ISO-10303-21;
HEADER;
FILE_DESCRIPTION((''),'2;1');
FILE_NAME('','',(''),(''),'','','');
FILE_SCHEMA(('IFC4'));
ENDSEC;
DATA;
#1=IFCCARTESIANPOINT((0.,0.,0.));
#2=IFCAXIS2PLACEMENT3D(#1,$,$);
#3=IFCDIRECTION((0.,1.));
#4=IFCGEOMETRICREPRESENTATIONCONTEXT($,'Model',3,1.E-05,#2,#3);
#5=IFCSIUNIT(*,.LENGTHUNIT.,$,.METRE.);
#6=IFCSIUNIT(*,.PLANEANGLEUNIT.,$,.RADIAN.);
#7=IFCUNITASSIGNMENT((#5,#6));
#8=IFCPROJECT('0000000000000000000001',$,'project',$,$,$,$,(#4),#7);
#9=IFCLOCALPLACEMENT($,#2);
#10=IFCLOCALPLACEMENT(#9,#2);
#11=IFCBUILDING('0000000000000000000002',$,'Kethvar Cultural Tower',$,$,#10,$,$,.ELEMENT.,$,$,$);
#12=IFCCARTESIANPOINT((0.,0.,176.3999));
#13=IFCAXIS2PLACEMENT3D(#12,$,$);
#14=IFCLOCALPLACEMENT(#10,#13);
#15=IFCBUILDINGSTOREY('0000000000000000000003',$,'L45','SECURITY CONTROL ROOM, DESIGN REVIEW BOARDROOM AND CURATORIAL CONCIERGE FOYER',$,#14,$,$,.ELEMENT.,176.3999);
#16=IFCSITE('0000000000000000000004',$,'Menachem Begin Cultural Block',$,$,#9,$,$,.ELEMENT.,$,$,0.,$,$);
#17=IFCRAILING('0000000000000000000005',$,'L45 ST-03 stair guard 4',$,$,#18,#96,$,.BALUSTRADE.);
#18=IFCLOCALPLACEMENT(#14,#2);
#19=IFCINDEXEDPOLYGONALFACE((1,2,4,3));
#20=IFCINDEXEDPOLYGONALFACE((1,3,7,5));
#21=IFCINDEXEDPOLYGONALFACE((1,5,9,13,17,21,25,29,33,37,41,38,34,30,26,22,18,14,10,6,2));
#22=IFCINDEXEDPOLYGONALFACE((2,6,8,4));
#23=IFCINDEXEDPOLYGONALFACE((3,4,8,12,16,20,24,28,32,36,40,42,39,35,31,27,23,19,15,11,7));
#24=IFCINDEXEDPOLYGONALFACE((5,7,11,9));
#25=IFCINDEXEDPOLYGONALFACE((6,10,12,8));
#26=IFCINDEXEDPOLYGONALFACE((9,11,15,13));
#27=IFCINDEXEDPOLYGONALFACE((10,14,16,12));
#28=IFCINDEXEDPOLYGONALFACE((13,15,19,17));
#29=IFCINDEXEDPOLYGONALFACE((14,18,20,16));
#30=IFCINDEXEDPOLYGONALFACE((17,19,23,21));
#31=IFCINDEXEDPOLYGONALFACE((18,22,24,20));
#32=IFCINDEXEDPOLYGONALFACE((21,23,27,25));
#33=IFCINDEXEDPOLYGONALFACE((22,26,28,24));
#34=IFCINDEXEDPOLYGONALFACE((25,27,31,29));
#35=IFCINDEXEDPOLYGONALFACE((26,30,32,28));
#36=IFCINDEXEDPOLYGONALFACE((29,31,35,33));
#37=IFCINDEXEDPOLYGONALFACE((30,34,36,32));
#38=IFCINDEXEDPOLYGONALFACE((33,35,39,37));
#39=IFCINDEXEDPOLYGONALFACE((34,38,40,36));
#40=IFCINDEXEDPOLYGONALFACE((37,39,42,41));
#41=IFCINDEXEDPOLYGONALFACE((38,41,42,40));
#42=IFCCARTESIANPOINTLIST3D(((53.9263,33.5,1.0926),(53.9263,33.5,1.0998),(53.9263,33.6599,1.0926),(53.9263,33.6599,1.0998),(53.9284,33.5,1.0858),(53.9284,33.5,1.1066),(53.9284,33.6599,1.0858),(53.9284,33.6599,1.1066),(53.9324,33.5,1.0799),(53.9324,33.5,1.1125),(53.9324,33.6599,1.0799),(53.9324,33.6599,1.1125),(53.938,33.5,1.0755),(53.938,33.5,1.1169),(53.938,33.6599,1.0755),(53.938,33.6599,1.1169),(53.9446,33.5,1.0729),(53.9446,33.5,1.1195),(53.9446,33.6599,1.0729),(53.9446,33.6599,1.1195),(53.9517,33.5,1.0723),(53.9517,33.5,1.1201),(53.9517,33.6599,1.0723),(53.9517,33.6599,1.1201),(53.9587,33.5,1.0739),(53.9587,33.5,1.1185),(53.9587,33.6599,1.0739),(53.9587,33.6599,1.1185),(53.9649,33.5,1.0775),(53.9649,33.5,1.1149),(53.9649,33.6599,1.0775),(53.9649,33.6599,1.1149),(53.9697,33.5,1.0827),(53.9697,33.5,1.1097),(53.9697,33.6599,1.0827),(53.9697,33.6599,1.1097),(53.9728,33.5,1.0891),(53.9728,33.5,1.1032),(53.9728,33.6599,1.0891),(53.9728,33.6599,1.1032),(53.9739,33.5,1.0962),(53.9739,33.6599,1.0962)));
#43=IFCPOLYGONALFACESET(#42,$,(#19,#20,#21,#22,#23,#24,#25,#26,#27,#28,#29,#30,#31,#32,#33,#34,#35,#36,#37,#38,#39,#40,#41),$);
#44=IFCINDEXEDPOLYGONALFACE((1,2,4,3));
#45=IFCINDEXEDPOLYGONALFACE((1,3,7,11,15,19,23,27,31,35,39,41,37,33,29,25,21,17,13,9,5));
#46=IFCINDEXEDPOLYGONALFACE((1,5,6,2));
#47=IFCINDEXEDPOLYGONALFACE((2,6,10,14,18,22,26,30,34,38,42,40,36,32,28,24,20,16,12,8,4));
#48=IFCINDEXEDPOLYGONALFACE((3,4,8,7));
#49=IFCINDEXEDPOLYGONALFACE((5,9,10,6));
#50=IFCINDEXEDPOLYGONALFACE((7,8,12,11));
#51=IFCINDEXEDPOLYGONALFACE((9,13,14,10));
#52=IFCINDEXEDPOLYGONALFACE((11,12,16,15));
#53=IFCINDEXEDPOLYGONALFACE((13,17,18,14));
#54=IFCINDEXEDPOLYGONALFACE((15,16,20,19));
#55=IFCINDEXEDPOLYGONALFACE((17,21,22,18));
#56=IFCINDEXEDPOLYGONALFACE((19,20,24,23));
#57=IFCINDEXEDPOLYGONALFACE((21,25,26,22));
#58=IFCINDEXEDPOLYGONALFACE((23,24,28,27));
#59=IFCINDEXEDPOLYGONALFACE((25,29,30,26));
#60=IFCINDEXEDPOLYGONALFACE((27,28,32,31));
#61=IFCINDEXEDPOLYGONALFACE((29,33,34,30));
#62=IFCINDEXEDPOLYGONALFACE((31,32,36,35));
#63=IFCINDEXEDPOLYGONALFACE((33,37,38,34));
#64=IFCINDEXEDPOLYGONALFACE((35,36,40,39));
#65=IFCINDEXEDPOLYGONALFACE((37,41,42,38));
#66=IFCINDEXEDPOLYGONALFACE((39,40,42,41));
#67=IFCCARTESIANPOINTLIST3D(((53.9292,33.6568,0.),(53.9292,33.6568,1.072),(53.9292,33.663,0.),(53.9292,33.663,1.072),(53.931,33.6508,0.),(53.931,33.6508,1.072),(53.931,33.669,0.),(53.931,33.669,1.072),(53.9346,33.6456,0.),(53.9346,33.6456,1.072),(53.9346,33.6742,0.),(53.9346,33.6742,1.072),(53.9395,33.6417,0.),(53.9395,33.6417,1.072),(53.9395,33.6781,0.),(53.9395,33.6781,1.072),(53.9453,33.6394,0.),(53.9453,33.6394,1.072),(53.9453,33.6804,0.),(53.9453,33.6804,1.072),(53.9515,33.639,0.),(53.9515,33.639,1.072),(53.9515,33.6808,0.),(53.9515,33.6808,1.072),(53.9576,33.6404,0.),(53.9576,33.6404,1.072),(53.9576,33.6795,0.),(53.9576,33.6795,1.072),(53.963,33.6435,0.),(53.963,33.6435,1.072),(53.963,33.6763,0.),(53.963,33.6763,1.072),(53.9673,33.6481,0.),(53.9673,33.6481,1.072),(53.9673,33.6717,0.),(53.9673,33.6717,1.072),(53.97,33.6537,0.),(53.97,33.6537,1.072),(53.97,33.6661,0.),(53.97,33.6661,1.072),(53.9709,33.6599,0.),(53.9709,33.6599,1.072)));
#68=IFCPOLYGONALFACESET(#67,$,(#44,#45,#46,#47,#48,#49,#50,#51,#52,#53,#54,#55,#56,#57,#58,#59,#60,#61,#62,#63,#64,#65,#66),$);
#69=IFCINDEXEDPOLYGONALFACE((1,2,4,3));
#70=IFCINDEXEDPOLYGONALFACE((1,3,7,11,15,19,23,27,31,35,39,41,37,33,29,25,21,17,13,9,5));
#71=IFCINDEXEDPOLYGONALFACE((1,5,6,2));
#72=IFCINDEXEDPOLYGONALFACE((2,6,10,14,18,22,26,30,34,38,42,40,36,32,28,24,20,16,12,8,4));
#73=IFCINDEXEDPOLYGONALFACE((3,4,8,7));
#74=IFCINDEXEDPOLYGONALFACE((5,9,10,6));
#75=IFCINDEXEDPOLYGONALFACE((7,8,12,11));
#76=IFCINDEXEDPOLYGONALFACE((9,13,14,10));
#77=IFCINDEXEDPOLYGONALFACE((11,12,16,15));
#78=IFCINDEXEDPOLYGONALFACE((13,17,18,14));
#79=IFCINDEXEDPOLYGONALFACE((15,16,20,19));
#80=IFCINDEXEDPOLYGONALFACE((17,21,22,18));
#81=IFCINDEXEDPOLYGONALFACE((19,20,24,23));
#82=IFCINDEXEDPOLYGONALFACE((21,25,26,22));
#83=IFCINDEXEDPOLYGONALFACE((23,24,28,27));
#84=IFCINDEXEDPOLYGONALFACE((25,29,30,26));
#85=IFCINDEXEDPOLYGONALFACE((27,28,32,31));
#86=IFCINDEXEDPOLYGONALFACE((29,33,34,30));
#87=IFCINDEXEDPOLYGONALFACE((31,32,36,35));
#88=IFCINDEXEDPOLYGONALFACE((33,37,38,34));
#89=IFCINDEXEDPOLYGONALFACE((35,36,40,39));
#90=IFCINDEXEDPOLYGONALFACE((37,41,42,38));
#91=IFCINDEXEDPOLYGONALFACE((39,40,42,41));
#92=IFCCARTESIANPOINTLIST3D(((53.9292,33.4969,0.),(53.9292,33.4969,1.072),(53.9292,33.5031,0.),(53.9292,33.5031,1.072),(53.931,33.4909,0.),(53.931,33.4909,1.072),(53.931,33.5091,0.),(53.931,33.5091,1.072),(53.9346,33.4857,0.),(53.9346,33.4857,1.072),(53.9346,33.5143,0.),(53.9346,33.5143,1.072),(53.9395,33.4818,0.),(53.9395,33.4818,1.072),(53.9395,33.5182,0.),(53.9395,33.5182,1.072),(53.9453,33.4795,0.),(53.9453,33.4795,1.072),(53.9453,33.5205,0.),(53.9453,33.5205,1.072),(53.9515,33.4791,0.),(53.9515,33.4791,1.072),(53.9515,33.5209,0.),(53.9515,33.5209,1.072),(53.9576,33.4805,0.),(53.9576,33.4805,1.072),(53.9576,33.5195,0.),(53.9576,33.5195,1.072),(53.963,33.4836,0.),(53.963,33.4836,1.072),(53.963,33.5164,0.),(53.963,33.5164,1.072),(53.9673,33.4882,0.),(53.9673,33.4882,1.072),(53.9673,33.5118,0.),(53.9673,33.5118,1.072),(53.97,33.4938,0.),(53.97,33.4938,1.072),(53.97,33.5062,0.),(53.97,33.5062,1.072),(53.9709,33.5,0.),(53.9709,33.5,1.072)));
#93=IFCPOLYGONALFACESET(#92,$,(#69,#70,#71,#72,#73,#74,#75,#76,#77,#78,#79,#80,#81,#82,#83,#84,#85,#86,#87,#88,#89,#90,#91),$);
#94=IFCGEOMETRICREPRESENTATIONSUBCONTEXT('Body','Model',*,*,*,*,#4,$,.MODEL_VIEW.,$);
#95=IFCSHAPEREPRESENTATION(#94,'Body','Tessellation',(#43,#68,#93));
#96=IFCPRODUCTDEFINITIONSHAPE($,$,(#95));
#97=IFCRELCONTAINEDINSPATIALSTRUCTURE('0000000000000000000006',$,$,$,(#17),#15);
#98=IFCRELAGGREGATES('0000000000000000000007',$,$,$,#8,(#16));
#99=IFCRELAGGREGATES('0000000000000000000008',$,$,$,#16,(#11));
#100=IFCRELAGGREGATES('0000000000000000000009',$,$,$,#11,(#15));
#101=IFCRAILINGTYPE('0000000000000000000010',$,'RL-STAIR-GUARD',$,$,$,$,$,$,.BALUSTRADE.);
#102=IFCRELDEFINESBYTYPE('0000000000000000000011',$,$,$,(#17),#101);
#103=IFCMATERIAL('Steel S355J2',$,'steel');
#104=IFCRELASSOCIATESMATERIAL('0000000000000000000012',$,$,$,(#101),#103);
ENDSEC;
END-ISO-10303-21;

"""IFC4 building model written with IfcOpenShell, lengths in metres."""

from ifc_helpers import new_model, si_unit, direction, frame, origin, origin_2d, place, context, subcontext, project, spatial, circle, extrude, material, type_object, element, save


model = new_model("IFC4")

# Units and contexts
model_context = context("Model", 3, precision=1e-05, world=origin(), true_north=direction((0.0, 1.0)))
body_context = subcontext(model_context, "Body", "Model", "MODEL_VIEW")
ifc_project = project(units=[si_unit("LENGTHUNIT", "METRE"), si_unit("PLANEANGLEUNIT", "RADIAN")], contexts=[model_context])

# Site, building, storey
site_placement = place(None, origin())
site = spatial("IfcSite", under=ifc_project, at=site_placement, Name="Menachem Begin Cultural Block", CompositionType="ELEMENT", RefElevation=0.0)
building_placement = place(site_placement, origin())
building = spatial("IfcBuilding", under=site, at=building_placement, Name="Kethvar Cultural Tower", CompositionType="ELEMENT")
storey_placement = place(building_placement, frame((0.0, 0.0, 176.3999)))
storey = spatial("IfcBuildingStorey", under=building, at=storey_placement, Name="L45", Description="SECURITY CONTROL ROOM, DESIGN REVIEW BOARDROOM AND CURATORIAL CONCIERGE FOYER", CompositionType="ELEMENT", Elevation=176.3999)

# Shared definitions
ifc_material_1 = material(Name="Steel S355J2", Category="steel")

# Railing
railing_type_1 = type_object("IfcRailingType", Name="RL-STAIR-GUARD", PredefinedType="BALUSTRADE", material=ifc_material_1)
railing_1_placement = place(storey_placement, frame((53.95, 33.6599, 0.0)))
element("IfcRailing", 1, at=railing_1_placement, inside=storey, type_object=railing_type_1, Name="L45 ST-03 stair guard 4", PredefinedType="BALUSTRADE", context=body_context, shape_type="SweptSolid", body=[
    extrude(circle(Radius=0.0239, at=origin_2d()), frame((0.0, 0.0, 1.0962), z_axis=(0.0, -1.0, 0.0), x_axis=(1.0, 0.0, 0.0)), (0.0, 0.0, 1.0), 0.1599),
    extrude(circle(Radius=0.021, at=origin_2d()), origin(), (0.0, 0.0, 1.0), 1.072),
    extrude(circle(Radius=0.021, at=origin_2d()), frame((0.0, -0.1599, 0.0)), (0.0, 0.0, 1.0), 1.072),
])

save(model, "model.ifc")
